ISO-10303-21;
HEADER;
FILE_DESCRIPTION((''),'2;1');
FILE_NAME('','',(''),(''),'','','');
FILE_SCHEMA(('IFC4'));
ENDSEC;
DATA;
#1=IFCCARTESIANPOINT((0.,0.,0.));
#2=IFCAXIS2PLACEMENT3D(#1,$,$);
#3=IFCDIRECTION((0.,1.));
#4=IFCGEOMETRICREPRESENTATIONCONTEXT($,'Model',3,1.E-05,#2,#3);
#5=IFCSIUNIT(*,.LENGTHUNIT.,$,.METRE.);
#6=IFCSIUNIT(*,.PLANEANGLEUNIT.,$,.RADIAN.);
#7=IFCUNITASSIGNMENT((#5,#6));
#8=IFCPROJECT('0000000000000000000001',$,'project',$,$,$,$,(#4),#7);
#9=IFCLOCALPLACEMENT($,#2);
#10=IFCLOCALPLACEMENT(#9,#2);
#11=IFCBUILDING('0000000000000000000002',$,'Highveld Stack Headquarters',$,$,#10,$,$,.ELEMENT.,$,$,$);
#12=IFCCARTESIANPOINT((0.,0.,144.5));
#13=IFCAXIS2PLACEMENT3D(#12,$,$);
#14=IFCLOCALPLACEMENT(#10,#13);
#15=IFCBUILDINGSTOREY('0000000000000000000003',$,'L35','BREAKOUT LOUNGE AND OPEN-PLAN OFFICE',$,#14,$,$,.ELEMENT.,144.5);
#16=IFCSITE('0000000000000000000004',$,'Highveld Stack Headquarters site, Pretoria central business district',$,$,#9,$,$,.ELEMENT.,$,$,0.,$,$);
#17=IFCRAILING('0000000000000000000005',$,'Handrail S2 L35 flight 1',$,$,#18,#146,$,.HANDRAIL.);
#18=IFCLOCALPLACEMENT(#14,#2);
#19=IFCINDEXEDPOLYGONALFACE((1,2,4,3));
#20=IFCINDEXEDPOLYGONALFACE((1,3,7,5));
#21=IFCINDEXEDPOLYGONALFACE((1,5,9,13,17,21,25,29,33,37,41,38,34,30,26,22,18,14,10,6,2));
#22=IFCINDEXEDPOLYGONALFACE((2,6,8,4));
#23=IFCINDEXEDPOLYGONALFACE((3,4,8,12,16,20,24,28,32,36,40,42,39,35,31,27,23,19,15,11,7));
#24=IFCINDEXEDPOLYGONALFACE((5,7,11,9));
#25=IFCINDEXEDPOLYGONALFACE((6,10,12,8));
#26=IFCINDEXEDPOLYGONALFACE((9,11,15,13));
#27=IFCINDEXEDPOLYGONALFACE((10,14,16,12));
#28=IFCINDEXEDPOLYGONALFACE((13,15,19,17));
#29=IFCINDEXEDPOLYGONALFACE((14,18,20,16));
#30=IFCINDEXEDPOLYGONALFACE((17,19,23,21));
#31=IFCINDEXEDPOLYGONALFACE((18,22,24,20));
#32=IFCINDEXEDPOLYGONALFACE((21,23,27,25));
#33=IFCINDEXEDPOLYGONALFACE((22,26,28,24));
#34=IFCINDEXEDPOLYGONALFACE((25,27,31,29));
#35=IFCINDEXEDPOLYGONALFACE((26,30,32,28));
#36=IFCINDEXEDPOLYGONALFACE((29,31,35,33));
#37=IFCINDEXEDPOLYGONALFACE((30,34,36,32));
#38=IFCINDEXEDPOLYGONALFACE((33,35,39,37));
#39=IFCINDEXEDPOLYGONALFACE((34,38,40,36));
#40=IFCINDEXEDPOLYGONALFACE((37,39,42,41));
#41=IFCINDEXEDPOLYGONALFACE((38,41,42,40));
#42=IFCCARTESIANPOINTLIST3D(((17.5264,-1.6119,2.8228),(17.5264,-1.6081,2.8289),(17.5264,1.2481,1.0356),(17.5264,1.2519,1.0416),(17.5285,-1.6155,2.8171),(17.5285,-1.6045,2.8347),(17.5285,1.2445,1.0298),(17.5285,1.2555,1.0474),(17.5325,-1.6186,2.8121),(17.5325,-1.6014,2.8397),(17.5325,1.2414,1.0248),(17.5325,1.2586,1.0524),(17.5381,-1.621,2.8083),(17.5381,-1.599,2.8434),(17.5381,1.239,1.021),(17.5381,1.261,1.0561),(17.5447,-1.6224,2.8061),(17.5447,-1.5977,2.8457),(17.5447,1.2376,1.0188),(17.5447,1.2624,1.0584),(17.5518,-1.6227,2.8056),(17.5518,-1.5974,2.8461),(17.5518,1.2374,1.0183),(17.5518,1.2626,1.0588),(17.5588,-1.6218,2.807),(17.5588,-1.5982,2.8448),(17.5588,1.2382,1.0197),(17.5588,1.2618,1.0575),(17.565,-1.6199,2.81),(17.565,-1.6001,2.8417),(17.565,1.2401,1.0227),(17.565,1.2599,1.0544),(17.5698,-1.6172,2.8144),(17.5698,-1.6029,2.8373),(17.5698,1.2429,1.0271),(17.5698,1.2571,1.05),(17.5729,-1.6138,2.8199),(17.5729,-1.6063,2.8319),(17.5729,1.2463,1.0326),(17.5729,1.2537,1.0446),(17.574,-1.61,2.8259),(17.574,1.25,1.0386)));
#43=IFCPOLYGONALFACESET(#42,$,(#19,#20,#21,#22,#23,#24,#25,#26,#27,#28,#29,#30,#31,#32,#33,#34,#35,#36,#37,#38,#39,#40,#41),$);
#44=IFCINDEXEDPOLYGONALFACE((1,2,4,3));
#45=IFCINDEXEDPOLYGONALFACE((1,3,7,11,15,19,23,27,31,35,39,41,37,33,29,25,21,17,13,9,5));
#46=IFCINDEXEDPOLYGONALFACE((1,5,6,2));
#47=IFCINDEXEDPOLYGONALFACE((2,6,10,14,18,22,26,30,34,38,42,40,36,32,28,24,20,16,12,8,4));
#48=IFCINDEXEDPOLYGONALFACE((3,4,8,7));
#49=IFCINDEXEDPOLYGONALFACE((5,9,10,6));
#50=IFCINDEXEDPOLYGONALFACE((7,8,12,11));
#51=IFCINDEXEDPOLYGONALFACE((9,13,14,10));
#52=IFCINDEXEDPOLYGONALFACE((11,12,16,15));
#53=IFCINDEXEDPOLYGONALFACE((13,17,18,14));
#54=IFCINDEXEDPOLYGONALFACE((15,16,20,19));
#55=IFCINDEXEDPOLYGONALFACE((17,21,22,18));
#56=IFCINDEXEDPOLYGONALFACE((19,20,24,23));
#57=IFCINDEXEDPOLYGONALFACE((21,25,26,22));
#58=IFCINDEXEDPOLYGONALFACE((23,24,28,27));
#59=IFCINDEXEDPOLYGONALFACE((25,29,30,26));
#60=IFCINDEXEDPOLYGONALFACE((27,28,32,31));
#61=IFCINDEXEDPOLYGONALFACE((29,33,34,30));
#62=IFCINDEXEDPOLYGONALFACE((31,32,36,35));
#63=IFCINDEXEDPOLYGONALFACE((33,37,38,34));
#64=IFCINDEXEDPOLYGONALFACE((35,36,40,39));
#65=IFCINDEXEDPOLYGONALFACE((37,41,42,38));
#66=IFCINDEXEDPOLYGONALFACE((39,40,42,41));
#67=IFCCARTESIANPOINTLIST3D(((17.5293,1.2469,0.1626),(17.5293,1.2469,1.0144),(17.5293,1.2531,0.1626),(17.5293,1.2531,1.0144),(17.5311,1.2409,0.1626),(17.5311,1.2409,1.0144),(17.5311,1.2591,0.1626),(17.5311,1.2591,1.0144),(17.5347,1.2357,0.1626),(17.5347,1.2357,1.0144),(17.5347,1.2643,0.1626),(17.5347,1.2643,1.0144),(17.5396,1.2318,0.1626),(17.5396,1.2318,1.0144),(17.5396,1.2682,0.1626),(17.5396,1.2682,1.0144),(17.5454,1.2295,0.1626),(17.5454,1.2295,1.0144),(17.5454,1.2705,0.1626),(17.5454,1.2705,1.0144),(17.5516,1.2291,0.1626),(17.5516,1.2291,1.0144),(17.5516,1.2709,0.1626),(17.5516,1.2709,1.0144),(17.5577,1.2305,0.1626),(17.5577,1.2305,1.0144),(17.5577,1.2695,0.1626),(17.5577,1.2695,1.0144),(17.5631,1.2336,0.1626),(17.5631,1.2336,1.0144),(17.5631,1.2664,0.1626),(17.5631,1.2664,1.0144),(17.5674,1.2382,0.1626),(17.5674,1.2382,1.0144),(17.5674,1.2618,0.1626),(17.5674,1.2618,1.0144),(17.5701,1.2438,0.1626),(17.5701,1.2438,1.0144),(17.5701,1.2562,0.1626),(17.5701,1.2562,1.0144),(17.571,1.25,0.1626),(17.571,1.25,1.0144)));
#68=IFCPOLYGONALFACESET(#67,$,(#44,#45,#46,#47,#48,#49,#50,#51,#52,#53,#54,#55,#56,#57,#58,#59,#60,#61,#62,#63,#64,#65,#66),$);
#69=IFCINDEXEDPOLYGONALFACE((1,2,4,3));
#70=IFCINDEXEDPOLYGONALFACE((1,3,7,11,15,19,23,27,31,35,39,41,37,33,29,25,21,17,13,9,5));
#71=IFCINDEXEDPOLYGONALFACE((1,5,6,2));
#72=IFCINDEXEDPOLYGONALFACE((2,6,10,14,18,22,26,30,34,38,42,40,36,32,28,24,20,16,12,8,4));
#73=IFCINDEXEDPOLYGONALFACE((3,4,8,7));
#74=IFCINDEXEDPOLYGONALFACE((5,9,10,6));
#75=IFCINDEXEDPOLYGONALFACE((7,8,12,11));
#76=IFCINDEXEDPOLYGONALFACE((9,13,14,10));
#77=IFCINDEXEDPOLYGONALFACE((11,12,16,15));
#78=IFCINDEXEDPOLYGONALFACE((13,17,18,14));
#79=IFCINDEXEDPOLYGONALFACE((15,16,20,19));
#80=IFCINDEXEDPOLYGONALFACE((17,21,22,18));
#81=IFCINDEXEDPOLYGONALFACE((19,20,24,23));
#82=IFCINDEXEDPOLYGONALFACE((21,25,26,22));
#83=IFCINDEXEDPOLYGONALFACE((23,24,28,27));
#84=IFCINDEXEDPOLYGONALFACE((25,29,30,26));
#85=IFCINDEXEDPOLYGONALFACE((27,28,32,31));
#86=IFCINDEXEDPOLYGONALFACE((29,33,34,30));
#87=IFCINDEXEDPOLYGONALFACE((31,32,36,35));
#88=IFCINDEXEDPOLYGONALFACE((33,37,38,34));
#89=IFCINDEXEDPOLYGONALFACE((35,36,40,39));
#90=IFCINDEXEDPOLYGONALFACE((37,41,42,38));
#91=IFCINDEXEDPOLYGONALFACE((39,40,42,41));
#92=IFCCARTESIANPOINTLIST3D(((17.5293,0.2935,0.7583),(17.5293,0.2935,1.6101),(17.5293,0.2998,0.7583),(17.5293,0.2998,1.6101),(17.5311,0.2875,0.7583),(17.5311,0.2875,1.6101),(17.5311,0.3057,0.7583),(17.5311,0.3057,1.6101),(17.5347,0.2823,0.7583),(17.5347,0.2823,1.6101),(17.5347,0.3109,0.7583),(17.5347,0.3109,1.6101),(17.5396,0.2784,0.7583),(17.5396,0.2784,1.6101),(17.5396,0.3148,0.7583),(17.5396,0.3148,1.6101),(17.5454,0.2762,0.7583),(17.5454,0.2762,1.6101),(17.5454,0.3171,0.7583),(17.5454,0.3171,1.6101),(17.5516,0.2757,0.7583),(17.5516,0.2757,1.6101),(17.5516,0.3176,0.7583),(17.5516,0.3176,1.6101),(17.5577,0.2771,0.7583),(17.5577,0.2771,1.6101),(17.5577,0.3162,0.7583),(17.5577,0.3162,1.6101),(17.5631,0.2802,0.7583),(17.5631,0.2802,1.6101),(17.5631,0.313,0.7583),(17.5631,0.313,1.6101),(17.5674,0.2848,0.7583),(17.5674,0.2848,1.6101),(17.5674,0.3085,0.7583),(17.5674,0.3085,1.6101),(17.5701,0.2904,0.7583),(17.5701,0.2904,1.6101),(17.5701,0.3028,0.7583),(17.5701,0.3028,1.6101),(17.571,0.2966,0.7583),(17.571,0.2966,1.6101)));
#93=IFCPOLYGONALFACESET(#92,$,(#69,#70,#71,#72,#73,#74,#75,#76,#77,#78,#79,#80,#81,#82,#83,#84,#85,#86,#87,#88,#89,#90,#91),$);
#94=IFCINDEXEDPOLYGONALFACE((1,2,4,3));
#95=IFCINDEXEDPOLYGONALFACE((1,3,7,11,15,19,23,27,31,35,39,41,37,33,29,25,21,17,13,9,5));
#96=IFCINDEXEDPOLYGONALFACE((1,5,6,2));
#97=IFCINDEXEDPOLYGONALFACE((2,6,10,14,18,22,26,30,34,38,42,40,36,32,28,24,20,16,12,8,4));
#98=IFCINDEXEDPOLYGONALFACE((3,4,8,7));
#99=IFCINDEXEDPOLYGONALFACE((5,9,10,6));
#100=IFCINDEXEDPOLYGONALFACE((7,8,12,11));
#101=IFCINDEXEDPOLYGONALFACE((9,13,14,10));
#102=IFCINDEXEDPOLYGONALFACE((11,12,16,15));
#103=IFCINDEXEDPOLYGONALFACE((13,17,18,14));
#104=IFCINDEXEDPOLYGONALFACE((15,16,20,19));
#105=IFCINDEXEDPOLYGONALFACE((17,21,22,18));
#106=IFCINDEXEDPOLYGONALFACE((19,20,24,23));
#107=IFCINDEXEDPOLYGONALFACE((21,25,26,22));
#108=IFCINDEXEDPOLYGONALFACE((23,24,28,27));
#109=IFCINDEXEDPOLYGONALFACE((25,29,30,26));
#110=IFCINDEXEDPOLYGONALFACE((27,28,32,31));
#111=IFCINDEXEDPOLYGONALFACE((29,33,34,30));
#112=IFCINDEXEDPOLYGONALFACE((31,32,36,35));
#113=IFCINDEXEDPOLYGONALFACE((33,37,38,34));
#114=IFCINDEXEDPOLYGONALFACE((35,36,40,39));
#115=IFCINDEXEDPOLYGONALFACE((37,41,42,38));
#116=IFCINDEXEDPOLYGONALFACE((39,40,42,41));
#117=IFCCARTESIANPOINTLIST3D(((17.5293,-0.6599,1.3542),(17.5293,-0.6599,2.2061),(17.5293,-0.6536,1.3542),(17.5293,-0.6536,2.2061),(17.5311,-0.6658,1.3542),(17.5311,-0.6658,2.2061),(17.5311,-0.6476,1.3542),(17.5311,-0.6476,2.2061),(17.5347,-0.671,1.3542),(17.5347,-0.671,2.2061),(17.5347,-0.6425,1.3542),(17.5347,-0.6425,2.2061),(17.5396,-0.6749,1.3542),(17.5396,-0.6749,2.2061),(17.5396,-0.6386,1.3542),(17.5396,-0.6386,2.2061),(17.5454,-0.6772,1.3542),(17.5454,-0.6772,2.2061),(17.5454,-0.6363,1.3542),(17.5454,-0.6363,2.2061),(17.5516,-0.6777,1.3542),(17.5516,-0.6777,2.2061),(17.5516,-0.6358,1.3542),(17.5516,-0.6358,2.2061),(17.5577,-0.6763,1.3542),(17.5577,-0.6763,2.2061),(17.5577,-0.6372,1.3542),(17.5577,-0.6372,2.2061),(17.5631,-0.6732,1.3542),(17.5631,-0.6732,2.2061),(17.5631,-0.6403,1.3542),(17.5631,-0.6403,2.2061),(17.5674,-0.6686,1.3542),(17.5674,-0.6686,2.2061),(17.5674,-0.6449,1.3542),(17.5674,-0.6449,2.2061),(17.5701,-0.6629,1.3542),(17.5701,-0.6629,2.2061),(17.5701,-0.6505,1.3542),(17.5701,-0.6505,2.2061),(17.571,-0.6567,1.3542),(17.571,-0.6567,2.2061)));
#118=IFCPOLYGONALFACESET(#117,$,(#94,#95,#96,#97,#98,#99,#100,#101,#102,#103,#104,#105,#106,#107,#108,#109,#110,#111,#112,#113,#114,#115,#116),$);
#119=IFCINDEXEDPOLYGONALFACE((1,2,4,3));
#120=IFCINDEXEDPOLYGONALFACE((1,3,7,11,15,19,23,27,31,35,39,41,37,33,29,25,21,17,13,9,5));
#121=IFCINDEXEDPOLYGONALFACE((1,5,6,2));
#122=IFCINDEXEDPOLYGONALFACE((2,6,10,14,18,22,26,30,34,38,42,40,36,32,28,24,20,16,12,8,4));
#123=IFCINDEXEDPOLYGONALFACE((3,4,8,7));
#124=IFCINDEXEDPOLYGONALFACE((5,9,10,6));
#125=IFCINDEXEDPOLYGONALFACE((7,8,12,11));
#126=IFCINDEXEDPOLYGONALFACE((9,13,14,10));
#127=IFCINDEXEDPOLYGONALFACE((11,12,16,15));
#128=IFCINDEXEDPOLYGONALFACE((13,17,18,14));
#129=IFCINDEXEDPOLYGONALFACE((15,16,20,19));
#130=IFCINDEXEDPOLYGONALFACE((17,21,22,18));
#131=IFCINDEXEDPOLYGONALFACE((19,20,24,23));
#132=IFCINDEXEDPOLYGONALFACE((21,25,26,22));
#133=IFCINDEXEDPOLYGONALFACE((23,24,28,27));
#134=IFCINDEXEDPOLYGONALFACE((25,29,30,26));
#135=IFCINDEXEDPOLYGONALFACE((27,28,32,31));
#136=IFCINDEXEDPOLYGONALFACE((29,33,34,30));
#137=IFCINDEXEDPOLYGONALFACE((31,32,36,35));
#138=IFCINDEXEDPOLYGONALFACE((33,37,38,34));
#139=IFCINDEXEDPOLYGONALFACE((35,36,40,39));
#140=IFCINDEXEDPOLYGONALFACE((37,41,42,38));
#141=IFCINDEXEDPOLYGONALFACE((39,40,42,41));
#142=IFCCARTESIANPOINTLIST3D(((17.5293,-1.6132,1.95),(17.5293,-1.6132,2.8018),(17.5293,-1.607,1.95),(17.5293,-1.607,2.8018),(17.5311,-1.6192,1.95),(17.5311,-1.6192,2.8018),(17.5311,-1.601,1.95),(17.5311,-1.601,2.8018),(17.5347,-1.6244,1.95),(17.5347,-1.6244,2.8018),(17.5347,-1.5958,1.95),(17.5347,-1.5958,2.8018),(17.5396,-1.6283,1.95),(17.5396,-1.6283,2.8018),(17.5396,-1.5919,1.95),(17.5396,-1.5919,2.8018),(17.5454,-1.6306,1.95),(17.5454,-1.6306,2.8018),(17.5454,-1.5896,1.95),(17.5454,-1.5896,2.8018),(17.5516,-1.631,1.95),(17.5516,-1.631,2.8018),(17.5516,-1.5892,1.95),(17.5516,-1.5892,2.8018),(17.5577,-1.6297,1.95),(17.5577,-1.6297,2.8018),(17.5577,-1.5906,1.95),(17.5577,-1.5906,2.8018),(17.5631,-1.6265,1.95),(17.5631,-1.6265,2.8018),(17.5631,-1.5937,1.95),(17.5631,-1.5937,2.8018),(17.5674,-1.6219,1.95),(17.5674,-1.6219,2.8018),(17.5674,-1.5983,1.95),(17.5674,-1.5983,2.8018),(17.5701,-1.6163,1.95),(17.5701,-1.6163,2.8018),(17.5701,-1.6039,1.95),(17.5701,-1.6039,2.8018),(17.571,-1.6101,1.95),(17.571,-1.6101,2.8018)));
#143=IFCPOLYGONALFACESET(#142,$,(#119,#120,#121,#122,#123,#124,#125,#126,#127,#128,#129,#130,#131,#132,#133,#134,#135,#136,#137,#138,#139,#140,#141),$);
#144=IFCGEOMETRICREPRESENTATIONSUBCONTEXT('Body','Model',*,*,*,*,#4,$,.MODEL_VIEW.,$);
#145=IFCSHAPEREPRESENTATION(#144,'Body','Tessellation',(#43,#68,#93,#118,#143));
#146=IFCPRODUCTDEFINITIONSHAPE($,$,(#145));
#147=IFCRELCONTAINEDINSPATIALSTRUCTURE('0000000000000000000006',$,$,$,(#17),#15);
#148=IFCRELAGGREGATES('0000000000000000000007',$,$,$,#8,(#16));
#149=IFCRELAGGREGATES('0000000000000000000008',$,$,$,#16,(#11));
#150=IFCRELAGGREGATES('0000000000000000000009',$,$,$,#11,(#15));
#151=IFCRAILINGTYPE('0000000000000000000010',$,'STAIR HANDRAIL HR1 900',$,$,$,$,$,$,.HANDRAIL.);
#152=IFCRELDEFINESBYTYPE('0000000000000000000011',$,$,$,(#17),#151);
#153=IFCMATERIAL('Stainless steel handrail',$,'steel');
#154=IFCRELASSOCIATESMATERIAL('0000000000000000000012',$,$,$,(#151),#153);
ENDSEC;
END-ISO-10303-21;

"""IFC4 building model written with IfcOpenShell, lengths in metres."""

from ifc_helpers import new_model, si_unit, direction, frame, origin, origin_2d, place, context, subcontext, project, spatial, circle, extrude, material, type_object, element, save


model = new_model("IFC4")

# Units and contexts
model_context = context("Model", 3, precision=1e-05, world=origin(), true_north=direction((0.0, 1.0)))
body_context = subcontext(model_context, "Body", "Model", "MODEL_VIEW")
ifc_project = project(units=[si_unit("LENGTHUNIT", "METRE"), si_unit("PLANEANGLEUNIT", "RADIAN")], contexts=[model_context])

# Site, building, storey
site_placement = place(None, origin())
site = spatial("IfcSite", under=ifc_project, at=site_placement, Name="Highveld Stack Headquarters site, Pretoria central business district", CompositionType="ELEMENT", RefElevation=0.0)
building_placement = place(site_placement, origin())
building = spatial("IfcBuilding", under=site, at=building_placement, Name="Highveld Stack Headquarters", CompositionType="ELEMENT")
storey_placement = place(building_placement, frame((0.0, 0.0, 144.5)))
storey = spatial("IfcBuildingStorey", under=building, at=storey_placement, Name="L35", Description="BREAKOUT LOUNGE AND OPEN-PLAN OFFICE", CompositionType="ELEMENT", Elevation=144.5)

# Railing
ifc_material_1 = material(Name="Stainless steel handrail", Category="steel")
railing_type = type_object("IfcRailingType", Name="STAIR HANDRAIL HR1 900", PredefinedType="HANDRAIL", material=ifc_material_1)
railing_placement = place(storey_placement, frame((17.55, 1.25, 0.1626)))
element("IfcRailing", 1, at=railing_placement, inside=storey, type_object=railing_type, Name="Handrail S2 L35 flight 1", PredefinedType="HANDRAIL", context=body_context, shape_type="SweptSolid", body=[
    extrude(circle(Radius=0.0239, at=origin_2d()), frame((0.0, 0.0, 0.876), z_axis=(0.0, -0.848027, 0.529953), x_axis=(1.0, 0.0, 0.0)), (0.0, 0.0, 1.0), 3.3726),
    extrude(circle(Radius=0.021, at=origin_2d()), origin(), (0.0, 0.0, 1.0), 0.8518),
    extrude(circle(Radius=0.021, at=origin_2d()), frame((0.0, -0.9534, 0.5957)), (0.0, 0.0, 1.0), 0.8518),
    extrude(circle(Radius=0.021, at=origin_2d()), frame((0.0, -1.9067, 1.1917)), (0.0, 0.0, 1.0), 0.8518),
    extrude(circle(Radius=0.021, at=origin_2d()), frame((0.0, -2.8601, 1.7874)), (0.0, 0.0, 1.0), 0.8518),
])

save(model, "model.ifc")
